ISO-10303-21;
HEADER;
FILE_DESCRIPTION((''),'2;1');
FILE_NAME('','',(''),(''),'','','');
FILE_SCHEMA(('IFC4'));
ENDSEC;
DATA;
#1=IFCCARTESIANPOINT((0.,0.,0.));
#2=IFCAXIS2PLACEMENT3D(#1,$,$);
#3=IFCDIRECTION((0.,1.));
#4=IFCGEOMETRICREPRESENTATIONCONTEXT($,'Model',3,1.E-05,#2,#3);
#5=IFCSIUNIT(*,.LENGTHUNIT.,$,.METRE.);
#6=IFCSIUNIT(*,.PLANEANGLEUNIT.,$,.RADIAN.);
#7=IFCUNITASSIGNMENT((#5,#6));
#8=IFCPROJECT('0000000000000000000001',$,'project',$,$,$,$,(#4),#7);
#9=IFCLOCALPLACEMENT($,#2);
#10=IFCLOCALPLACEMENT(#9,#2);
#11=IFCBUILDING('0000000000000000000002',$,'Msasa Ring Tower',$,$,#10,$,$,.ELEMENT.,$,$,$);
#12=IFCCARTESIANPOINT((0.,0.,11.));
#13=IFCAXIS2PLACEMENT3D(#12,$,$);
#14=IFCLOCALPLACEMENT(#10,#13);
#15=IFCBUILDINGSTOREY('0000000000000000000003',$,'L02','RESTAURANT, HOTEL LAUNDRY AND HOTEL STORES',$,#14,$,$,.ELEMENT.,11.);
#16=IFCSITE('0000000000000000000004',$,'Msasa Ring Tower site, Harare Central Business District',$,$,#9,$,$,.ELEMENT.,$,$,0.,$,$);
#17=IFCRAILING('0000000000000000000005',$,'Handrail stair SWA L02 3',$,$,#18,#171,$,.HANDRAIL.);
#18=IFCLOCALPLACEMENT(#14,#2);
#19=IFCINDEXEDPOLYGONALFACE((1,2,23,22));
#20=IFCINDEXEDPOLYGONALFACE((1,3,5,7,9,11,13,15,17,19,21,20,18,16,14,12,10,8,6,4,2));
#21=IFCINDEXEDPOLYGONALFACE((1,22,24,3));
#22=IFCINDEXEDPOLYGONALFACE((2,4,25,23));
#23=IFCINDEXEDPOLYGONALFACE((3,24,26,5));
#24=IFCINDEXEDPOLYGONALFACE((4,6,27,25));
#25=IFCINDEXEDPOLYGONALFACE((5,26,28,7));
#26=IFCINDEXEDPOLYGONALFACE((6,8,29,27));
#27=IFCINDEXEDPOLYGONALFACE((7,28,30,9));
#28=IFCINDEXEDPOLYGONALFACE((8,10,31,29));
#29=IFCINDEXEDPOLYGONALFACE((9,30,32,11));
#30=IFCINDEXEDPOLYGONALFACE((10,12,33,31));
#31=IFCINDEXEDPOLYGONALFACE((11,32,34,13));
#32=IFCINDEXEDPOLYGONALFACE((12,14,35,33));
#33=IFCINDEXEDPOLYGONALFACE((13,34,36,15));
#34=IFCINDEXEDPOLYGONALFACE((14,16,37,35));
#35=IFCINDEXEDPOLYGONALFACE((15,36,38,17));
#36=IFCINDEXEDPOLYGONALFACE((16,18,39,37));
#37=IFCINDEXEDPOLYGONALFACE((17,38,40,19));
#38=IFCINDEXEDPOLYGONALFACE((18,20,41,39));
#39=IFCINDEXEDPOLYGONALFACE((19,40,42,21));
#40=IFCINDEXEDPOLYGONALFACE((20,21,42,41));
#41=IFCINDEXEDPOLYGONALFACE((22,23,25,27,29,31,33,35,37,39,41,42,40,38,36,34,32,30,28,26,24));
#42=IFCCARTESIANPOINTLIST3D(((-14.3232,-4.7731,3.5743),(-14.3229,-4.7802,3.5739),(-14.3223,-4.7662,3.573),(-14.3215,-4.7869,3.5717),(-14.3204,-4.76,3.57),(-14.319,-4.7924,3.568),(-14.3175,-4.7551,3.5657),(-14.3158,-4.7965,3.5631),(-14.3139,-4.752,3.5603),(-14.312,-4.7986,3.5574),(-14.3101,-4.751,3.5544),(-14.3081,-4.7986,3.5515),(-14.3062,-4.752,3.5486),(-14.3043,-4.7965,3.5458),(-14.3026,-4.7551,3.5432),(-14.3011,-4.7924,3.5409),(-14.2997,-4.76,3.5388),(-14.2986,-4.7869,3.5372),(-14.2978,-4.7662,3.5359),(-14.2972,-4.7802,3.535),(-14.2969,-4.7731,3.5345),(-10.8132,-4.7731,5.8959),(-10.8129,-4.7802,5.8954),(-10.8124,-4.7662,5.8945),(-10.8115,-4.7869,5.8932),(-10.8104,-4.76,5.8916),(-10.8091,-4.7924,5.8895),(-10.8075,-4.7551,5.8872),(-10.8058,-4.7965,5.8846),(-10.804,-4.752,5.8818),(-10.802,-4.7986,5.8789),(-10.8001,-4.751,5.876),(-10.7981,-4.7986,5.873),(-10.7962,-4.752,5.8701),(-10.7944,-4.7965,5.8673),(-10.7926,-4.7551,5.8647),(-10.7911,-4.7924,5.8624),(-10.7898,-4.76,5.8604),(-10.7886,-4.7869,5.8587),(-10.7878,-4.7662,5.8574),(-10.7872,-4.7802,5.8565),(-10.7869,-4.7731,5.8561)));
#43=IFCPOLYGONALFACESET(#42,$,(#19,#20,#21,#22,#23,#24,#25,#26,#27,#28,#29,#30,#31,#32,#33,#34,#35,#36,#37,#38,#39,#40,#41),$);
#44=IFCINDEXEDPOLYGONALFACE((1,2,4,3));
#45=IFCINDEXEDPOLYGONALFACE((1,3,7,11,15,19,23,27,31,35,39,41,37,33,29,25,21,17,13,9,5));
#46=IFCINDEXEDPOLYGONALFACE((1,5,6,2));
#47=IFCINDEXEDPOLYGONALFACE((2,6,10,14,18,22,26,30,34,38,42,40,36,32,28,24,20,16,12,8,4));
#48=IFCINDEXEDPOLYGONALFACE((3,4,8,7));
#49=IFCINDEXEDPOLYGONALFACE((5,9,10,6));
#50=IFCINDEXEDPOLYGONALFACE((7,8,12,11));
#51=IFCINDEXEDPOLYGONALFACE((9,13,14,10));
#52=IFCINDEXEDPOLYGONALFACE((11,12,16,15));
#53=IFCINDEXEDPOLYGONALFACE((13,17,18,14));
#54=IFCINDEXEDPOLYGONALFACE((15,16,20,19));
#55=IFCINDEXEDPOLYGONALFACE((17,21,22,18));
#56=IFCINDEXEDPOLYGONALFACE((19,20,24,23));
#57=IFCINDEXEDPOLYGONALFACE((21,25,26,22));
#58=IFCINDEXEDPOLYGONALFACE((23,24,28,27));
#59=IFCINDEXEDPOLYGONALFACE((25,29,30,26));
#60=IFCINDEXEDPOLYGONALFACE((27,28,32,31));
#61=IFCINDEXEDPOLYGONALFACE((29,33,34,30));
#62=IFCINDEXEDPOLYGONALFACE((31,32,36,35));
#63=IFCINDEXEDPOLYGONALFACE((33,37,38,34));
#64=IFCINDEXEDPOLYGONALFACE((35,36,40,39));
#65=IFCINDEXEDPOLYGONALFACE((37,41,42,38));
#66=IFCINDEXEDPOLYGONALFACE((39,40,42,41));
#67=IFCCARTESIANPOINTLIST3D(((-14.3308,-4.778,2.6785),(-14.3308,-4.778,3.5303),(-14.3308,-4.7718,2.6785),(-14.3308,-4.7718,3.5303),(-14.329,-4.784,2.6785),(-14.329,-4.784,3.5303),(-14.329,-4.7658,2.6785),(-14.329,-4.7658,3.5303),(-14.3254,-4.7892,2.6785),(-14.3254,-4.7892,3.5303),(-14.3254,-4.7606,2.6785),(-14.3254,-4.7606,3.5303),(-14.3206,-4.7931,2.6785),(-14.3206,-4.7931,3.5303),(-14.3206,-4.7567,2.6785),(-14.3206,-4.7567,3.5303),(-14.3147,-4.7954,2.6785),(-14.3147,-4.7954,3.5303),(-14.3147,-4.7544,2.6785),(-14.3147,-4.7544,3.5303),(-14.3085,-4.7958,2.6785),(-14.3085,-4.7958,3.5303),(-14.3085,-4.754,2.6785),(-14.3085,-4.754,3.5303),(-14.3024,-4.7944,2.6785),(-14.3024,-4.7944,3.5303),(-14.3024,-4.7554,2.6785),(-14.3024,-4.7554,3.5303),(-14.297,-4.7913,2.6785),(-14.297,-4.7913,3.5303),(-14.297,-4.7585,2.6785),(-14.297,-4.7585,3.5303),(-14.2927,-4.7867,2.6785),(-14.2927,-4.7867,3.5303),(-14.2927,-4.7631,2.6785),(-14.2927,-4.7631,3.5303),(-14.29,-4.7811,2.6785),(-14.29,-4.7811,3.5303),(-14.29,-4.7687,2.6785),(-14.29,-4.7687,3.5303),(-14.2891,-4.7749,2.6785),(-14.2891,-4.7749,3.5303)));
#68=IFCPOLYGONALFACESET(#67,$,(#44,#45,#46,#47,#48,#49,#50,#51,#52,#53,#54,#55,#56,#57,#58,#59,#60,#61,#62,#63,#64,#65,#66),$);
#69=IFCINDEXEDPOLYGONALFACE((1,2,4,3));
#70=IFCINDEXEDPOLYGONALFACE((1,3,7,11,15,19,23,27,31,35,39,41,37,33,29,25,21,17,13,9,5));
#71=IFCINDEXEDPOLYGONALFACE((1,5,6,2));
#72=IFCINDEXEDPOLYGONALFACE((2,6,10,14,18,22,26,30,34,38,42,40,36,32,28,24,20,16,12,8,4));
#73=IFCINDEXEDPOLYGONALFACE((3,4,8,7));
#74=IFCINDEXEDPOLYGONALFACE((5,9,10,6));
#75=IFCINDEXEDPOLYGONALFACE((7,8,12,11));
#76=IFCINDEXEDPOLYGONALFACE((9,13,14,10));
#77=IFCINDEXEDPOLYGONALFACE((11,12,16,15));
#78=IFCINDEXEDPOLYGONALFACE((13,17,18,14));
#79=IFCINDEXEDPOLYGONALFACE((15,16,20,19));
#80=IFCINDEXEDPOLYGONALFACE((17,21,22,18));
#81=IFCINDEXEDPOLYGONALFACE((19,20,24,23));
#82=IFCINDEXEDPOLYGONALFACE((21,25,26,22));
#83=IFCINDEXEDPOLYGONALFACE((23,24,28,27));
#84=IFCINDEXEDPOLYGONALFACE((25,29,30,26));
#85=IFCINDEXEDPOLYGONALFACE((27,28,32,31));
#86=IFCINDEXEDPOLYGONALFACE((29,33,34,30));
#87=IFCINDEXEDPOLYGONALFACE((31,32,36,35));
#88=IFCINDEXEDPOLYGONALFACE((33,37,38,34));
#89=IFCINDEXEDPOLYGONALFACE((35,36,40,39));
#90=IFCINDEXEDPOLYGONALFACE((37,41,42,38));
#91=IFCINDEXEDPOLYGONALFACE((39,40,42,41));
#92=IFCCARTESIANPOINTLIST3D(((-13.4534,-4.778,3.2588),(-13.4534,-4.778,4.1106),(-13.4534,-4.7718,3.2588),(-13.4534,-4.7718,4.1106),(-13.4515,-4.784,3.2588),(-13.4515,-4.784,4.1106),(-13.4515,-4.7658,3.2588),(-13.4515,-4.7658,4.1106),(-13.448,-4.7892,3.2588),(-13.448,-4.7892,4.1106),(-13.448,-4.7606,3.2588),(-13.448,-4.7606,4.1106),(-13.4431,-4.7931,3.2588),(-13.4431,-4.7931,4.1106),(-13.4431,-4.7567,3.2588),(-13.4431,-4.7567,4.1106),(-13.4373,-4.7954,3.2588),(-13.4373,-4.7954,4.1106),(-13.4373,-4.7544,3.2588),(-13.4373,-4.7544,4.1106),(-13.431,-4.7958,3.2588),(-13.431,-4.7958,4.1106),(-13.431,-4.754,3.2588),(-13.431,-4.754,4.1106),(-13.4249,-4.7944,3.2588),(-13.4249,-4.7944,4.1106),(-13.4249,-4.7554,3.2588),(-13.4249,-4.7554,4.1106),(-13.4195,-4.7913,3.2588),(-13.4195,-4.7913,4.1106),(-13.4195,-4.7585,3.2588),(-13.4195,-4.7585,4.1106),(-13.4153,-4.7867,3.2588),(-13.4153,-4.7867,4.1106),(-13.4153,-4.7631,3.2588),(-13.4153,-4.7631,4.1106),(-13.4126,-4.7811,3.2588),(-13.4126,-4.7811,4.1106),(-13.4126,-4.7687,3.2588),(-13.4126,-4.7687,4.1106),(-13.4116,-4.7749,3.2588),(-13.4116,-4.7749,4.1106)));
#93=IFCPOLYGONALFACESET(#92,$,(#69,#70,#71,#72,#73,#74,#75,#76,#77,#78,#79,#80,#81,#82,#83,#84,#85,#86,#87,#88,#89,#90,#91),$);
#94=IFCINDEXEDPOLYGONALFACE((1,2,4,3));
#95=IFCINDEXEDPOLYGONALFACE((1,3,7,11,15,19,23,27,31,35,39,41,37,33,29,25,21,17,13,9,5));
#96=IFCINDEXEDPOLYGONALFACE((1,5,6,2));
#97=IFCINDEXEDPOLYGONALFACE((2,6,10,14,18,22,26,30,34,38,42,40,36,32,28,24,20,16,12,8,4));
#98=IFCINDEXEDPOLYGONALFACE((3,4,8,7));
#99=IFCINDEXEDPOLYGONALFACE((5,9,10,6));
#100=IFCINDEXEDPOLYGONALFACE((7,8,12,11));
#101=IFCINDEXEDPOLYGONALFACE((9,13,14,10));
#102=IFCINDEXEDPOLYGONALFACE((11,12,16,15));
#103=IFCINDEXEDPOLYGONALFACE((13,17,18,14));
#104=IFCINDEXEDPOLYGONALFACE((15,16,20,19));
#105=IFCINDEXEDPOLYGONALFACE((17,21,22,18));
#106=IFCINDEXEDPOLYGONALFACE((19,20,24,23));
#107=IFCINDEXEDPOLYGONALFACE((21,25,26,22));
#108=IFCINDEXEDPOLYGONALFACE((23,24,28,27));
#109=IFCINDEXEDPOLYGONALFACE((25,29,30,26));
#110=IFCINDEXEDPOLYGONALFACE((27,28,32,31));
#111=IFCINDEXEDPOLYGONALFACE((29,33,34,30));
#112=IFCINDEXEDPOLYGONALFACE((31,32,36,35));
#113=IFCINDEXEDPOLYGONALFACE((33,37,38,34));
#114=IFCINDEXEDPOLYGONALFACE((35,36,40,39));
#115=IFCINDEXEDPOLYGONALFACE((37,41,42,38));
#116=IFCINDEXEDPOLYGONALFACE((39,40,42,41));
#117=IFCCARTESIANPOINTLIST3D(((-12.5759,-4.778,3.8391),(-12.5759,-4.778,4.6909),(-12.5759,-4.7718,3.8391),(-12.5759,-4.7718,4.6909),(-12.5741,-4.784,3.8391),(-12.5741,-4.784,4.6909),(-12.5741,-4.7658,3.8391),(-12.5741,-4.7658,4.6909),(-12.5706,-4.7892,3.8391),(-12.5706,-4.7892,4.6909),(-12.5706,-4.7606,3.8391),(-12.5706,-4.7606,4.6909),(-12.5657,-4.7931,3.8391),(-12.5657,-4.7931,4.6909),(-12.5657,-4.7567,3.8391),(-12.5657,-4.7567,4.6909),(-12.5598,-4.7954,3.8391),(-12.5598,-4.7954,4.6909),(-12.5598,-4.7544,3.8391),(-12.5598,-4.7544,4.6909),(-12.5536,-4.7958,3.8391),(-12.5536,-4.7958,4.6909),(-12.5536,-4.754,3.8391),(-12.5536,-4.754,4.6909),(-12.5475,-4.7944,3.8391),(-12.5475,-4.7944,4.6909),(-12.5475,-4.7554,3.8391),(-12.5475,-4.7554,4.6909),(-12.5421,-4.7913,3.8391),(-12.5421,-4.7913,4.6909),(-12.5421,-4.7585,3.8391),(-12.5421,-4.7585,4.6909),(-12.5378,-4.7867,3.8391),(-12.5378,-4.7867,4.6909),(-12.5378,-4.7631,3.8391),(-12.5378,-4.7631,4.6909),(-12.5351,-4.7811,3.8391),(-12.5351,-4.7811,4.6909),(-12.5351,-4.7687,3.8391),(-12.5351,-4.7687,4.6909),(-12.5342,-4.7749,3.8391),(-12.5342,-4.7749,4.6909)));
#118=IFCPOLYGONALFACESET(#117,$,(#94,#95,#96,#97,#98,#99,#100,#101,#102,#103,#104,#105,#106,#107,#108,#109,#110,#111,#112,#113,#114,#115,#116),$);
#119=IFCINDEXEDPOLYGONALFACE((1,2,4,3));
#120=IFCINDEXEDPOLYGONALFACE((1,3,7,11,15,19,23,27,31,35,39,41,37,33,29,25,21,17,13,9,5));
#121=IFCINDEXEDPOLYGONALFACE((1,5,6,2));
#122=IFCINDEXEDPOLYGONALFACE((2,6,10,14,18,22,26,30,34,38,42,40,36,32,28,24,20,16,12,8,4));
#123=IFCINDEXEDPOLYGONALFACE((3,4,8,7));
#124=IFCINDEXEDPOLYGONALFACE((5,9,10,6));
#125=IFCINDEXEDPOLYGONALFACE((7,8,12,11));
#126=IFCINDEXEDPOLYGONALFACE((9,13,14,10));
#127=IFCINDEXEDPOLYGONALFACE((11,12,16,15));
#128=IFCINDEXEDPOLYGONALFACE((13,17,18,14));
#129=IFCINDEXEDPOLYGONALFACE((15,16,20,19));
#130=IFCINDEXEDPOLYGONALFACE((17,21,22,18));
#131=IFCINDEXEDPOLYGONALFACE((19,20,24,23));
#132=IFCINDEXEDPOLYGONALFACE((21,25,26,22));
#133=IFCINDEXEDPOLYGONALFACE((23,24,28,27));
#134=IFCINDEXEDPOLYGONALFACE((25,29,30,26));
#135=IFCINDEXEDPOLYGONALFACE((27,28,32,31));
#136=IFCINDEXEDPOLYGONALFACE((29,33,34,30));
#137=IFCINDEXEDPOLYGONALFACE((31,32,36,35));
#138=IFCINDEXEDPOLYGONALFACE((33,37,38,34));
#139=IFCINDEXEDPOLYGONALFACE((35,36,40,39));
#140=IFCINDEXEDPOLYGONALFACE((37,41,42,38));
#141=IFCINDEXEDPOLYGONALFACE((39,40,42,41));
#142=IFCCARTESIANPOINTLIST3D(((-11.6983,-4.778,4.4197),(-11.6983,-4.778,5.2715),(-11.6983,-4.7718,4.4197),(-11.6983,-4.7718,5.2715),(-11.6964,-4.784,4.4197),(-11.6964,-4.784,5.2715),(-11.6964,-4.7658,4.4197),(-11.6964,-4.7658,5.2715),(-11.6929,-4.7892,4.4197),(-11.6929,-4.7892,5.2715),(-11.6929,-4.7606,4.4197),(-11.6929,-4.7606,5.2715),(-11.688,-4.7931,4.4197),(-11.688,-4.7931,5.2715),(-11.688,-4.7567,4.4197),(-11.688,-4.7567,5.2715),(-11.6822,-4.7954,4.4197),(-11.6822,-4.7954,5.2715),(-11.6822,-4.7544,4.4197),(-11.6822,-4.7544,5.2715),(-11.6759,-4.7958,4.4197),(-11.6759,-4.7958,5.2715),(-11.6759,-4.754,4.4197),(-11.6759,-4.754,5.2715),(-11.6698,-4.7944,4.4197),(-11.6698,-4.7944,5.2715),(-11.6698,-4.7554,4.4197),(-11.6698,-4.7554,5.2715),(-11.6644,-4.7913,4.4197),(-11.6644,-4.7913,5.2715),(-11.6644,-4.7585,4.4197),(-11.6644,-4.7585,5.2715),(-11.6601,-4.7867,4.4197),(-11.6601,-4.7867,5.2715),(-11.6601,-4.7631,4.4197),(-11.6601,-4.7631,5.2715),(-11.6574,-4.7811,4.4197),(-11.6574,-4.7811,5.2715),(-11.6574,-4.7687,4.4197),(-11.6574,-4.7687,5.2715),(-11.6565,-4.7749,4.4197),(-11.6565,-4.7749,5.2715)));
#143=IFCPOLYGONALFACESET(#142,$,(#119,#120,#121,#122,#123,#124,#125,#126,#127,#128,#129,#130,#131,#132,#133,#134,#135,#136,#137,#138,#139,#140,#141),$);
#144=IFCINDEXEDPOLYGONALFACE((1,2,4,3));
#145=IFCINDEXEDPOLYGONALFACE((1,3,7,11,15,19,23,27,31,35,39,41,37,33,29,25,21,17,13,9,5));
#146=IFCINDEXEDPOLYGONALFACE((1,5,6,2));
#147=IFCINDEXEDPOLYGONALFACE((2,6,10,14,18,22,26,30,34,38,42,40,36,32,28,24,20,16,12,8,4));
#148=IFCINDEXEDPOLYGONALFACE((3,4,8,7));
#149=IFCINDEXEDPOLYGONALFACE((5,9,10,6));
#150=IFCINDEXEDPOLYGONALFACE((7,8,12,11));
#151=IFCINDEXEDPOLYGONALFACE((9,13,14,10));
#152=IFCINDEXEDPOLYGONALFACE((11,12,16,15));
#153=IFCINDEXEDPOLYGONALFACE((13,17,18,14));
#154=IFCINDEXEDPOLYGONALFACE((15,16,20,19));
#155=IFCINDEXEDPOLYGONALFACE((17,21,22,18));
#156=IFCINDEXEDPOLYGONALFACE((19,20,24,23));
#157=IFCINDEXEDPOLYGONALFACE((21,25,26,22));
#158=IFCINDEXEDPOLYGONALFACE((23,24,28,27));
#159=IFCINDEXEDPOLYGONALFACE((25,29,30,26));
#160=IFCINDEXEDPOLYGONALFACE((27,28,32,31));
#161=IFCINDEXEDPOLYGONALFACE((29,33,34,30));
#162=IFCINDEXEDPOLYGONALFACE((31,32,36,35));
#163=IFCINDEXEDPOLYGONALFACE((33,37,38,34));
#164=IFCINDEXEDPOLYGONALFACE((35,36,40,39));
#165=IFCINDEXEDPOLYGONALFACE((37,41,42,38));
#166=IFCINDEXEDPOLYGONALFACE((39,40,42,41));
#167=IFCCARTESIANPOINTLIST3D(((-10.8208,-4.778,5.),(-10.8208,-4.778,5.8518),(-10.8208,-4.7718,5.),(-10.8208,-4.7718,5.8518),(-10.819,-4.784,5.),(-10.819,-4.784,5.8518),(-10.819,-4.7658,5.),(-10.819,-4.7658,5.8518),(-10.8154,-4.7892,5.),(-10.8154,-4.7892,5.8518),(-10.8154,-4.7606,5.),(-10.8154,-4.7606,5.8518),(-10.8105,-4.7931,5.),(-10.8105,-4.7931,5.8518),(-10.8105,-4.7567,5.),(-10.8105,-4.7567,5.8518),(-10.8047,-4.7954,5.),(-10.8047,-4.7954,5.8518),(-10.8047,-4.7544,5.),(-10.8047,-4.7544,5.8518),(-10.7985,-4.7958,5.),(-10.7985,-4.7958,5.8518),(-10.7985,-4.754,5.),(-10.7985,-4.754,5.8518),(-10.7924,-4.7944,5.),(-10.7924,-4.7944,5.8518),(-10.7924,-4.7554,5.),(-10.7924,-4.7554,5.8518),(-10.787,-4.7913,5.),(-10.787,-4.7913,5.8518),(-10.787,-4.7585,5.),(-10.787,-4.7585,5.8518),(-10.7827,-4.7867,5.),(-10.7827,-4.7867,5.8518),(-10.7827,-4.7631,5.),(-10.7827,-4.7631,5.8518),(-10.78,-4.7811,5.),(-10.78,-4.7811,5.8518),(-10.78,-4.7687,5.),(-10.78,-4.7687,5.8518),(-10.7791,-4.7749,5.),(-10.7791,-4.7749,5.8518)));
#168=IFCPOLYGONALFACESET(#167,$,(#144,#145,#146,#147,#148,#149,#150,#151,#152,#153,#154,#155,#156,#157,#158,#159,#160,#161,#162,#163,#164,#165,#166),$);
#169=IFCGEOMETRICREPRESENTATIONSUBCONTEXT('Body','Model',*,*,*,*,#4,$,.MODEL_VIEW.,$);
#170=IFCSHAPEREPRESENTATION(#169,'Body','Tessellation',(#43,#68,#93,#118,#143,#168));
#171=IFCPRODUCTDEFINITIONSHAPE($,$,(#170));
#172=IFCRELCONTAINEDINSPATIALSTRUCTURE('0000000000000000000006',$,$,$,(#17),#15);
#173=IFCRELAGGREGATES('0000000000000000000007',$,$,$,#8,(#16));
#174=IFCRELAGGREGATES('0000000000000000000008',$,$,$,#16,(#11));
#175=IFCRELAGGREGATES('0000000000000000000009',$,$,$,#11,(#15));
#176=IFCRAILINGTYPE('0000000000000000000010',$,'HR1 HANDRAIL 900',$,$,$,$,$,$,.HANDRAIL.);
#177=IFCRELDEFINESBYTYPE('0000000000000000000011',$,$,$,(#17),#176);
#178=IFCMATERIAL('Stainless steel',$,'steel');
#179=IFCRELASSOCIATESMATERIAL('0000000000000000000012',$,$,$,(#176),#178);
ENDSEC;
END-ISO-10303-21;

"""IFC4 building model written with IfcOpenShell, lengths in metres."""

from ifc_helpers import new_model, si_unit, direction, frame, origin, origin_2d, place, context, subcontext, project, spatial, circle, extrude, material, type_object, element, save


model = new_model("IFC4")

# Units and contexts
model_context = context("Model", 3, precision=1e-05, world=origin(), true_north=direction((0.0, 1.0)))
body_context = subcontext(model_context, "Body", "Model", "MODEL_VIEW")
ifc_project = project(units=[si_unit("LENGTHUNIT", "METRE"), si_unit("PLANEANGLEUNIT", "RADIAN")], contexts=[model_context])

# Site, building, storey
site_placement = place(None, origin())
site = spatial("IfcSite", under=ifc_project, at=site_placement, Name="Msasa Ring Tower site, Harare Central Business District", CompositionType="ELEMENT", RefElevation=0.0)
building_placement = place(site_placement, origin())
building = spatial("IfcBuilding", under=site, at=building_placement, Name="Msasa Ring Tower", CompositionType="ELEMENT")
storey_placement = place(building_placement, frame((0.0, 0.0, 11.0)))
storey = spatial("IfcBuildingStorey", under=building, at=storey_placement, Name="L02", Description="RESTAURANT, HOTEL LAUNDRY AND HOTEL STORES", CompositionType="ELEMENT", Elevation=11.0)

# Railing
ifc_material_1 = material(Name="Stainless steel", Category="steel")
railing_type = type_object("IfcRailingType", Name="HR1 HANDRAIL 900", PredefinedType="HANDRAIL", material=ifc_material_1)
for number, where, name in (
    (1, (-14.3101, -4.7749, 2.6785), "Handrail stair SWA L02 3"),
):
    element("IfcRailing", number, at=place(storey_placement, frame(where)), inside=storey, type_object=railing_type, Name=name, PredefinedType="HANDRAIL", context=body_context, shape_type="SweptSolid", body=[
        extrude(circle(Radius=0.0239, at=origin_2d()), frame((0.0, 0.0, 0.876), z_axis=(0.834071, 0.0, 0.551657), x_axis=(0.0, 1.0, 0.0)), (0.0, 0.0, 1.0), 4.2083),
        extrude(circle(Radius=0.021, at=origin_2d()), origin(), (0.0, 0.0, 1.0), 0.8518),
        extrude(circle(Radius=0.021, at=origin_2d()), frame((0.8774, 0.0, 0.5803)), (0.0, 0.0, 1.0), 0.8518),
        extrude(circle(Radius=0.021, at=origin_2d()), frame((1.7549, 0.0, 1.1606)), (0.0, 0.0, 1.0), 0.8518),
        extrude(circle(Radius=0.021, at=origin_2d()), frame((2.6326, 0.0, 1.7412)), (0.0, 0.0, 1.0), 0.8518),
        extrude(circle(Radius=0.021, at=origin_2d()), frame((3.51, 0.0, 2.3215)), (0.0, 0.0, 1.0), 0.8518),
    ])

save(model, "model.ifc")
